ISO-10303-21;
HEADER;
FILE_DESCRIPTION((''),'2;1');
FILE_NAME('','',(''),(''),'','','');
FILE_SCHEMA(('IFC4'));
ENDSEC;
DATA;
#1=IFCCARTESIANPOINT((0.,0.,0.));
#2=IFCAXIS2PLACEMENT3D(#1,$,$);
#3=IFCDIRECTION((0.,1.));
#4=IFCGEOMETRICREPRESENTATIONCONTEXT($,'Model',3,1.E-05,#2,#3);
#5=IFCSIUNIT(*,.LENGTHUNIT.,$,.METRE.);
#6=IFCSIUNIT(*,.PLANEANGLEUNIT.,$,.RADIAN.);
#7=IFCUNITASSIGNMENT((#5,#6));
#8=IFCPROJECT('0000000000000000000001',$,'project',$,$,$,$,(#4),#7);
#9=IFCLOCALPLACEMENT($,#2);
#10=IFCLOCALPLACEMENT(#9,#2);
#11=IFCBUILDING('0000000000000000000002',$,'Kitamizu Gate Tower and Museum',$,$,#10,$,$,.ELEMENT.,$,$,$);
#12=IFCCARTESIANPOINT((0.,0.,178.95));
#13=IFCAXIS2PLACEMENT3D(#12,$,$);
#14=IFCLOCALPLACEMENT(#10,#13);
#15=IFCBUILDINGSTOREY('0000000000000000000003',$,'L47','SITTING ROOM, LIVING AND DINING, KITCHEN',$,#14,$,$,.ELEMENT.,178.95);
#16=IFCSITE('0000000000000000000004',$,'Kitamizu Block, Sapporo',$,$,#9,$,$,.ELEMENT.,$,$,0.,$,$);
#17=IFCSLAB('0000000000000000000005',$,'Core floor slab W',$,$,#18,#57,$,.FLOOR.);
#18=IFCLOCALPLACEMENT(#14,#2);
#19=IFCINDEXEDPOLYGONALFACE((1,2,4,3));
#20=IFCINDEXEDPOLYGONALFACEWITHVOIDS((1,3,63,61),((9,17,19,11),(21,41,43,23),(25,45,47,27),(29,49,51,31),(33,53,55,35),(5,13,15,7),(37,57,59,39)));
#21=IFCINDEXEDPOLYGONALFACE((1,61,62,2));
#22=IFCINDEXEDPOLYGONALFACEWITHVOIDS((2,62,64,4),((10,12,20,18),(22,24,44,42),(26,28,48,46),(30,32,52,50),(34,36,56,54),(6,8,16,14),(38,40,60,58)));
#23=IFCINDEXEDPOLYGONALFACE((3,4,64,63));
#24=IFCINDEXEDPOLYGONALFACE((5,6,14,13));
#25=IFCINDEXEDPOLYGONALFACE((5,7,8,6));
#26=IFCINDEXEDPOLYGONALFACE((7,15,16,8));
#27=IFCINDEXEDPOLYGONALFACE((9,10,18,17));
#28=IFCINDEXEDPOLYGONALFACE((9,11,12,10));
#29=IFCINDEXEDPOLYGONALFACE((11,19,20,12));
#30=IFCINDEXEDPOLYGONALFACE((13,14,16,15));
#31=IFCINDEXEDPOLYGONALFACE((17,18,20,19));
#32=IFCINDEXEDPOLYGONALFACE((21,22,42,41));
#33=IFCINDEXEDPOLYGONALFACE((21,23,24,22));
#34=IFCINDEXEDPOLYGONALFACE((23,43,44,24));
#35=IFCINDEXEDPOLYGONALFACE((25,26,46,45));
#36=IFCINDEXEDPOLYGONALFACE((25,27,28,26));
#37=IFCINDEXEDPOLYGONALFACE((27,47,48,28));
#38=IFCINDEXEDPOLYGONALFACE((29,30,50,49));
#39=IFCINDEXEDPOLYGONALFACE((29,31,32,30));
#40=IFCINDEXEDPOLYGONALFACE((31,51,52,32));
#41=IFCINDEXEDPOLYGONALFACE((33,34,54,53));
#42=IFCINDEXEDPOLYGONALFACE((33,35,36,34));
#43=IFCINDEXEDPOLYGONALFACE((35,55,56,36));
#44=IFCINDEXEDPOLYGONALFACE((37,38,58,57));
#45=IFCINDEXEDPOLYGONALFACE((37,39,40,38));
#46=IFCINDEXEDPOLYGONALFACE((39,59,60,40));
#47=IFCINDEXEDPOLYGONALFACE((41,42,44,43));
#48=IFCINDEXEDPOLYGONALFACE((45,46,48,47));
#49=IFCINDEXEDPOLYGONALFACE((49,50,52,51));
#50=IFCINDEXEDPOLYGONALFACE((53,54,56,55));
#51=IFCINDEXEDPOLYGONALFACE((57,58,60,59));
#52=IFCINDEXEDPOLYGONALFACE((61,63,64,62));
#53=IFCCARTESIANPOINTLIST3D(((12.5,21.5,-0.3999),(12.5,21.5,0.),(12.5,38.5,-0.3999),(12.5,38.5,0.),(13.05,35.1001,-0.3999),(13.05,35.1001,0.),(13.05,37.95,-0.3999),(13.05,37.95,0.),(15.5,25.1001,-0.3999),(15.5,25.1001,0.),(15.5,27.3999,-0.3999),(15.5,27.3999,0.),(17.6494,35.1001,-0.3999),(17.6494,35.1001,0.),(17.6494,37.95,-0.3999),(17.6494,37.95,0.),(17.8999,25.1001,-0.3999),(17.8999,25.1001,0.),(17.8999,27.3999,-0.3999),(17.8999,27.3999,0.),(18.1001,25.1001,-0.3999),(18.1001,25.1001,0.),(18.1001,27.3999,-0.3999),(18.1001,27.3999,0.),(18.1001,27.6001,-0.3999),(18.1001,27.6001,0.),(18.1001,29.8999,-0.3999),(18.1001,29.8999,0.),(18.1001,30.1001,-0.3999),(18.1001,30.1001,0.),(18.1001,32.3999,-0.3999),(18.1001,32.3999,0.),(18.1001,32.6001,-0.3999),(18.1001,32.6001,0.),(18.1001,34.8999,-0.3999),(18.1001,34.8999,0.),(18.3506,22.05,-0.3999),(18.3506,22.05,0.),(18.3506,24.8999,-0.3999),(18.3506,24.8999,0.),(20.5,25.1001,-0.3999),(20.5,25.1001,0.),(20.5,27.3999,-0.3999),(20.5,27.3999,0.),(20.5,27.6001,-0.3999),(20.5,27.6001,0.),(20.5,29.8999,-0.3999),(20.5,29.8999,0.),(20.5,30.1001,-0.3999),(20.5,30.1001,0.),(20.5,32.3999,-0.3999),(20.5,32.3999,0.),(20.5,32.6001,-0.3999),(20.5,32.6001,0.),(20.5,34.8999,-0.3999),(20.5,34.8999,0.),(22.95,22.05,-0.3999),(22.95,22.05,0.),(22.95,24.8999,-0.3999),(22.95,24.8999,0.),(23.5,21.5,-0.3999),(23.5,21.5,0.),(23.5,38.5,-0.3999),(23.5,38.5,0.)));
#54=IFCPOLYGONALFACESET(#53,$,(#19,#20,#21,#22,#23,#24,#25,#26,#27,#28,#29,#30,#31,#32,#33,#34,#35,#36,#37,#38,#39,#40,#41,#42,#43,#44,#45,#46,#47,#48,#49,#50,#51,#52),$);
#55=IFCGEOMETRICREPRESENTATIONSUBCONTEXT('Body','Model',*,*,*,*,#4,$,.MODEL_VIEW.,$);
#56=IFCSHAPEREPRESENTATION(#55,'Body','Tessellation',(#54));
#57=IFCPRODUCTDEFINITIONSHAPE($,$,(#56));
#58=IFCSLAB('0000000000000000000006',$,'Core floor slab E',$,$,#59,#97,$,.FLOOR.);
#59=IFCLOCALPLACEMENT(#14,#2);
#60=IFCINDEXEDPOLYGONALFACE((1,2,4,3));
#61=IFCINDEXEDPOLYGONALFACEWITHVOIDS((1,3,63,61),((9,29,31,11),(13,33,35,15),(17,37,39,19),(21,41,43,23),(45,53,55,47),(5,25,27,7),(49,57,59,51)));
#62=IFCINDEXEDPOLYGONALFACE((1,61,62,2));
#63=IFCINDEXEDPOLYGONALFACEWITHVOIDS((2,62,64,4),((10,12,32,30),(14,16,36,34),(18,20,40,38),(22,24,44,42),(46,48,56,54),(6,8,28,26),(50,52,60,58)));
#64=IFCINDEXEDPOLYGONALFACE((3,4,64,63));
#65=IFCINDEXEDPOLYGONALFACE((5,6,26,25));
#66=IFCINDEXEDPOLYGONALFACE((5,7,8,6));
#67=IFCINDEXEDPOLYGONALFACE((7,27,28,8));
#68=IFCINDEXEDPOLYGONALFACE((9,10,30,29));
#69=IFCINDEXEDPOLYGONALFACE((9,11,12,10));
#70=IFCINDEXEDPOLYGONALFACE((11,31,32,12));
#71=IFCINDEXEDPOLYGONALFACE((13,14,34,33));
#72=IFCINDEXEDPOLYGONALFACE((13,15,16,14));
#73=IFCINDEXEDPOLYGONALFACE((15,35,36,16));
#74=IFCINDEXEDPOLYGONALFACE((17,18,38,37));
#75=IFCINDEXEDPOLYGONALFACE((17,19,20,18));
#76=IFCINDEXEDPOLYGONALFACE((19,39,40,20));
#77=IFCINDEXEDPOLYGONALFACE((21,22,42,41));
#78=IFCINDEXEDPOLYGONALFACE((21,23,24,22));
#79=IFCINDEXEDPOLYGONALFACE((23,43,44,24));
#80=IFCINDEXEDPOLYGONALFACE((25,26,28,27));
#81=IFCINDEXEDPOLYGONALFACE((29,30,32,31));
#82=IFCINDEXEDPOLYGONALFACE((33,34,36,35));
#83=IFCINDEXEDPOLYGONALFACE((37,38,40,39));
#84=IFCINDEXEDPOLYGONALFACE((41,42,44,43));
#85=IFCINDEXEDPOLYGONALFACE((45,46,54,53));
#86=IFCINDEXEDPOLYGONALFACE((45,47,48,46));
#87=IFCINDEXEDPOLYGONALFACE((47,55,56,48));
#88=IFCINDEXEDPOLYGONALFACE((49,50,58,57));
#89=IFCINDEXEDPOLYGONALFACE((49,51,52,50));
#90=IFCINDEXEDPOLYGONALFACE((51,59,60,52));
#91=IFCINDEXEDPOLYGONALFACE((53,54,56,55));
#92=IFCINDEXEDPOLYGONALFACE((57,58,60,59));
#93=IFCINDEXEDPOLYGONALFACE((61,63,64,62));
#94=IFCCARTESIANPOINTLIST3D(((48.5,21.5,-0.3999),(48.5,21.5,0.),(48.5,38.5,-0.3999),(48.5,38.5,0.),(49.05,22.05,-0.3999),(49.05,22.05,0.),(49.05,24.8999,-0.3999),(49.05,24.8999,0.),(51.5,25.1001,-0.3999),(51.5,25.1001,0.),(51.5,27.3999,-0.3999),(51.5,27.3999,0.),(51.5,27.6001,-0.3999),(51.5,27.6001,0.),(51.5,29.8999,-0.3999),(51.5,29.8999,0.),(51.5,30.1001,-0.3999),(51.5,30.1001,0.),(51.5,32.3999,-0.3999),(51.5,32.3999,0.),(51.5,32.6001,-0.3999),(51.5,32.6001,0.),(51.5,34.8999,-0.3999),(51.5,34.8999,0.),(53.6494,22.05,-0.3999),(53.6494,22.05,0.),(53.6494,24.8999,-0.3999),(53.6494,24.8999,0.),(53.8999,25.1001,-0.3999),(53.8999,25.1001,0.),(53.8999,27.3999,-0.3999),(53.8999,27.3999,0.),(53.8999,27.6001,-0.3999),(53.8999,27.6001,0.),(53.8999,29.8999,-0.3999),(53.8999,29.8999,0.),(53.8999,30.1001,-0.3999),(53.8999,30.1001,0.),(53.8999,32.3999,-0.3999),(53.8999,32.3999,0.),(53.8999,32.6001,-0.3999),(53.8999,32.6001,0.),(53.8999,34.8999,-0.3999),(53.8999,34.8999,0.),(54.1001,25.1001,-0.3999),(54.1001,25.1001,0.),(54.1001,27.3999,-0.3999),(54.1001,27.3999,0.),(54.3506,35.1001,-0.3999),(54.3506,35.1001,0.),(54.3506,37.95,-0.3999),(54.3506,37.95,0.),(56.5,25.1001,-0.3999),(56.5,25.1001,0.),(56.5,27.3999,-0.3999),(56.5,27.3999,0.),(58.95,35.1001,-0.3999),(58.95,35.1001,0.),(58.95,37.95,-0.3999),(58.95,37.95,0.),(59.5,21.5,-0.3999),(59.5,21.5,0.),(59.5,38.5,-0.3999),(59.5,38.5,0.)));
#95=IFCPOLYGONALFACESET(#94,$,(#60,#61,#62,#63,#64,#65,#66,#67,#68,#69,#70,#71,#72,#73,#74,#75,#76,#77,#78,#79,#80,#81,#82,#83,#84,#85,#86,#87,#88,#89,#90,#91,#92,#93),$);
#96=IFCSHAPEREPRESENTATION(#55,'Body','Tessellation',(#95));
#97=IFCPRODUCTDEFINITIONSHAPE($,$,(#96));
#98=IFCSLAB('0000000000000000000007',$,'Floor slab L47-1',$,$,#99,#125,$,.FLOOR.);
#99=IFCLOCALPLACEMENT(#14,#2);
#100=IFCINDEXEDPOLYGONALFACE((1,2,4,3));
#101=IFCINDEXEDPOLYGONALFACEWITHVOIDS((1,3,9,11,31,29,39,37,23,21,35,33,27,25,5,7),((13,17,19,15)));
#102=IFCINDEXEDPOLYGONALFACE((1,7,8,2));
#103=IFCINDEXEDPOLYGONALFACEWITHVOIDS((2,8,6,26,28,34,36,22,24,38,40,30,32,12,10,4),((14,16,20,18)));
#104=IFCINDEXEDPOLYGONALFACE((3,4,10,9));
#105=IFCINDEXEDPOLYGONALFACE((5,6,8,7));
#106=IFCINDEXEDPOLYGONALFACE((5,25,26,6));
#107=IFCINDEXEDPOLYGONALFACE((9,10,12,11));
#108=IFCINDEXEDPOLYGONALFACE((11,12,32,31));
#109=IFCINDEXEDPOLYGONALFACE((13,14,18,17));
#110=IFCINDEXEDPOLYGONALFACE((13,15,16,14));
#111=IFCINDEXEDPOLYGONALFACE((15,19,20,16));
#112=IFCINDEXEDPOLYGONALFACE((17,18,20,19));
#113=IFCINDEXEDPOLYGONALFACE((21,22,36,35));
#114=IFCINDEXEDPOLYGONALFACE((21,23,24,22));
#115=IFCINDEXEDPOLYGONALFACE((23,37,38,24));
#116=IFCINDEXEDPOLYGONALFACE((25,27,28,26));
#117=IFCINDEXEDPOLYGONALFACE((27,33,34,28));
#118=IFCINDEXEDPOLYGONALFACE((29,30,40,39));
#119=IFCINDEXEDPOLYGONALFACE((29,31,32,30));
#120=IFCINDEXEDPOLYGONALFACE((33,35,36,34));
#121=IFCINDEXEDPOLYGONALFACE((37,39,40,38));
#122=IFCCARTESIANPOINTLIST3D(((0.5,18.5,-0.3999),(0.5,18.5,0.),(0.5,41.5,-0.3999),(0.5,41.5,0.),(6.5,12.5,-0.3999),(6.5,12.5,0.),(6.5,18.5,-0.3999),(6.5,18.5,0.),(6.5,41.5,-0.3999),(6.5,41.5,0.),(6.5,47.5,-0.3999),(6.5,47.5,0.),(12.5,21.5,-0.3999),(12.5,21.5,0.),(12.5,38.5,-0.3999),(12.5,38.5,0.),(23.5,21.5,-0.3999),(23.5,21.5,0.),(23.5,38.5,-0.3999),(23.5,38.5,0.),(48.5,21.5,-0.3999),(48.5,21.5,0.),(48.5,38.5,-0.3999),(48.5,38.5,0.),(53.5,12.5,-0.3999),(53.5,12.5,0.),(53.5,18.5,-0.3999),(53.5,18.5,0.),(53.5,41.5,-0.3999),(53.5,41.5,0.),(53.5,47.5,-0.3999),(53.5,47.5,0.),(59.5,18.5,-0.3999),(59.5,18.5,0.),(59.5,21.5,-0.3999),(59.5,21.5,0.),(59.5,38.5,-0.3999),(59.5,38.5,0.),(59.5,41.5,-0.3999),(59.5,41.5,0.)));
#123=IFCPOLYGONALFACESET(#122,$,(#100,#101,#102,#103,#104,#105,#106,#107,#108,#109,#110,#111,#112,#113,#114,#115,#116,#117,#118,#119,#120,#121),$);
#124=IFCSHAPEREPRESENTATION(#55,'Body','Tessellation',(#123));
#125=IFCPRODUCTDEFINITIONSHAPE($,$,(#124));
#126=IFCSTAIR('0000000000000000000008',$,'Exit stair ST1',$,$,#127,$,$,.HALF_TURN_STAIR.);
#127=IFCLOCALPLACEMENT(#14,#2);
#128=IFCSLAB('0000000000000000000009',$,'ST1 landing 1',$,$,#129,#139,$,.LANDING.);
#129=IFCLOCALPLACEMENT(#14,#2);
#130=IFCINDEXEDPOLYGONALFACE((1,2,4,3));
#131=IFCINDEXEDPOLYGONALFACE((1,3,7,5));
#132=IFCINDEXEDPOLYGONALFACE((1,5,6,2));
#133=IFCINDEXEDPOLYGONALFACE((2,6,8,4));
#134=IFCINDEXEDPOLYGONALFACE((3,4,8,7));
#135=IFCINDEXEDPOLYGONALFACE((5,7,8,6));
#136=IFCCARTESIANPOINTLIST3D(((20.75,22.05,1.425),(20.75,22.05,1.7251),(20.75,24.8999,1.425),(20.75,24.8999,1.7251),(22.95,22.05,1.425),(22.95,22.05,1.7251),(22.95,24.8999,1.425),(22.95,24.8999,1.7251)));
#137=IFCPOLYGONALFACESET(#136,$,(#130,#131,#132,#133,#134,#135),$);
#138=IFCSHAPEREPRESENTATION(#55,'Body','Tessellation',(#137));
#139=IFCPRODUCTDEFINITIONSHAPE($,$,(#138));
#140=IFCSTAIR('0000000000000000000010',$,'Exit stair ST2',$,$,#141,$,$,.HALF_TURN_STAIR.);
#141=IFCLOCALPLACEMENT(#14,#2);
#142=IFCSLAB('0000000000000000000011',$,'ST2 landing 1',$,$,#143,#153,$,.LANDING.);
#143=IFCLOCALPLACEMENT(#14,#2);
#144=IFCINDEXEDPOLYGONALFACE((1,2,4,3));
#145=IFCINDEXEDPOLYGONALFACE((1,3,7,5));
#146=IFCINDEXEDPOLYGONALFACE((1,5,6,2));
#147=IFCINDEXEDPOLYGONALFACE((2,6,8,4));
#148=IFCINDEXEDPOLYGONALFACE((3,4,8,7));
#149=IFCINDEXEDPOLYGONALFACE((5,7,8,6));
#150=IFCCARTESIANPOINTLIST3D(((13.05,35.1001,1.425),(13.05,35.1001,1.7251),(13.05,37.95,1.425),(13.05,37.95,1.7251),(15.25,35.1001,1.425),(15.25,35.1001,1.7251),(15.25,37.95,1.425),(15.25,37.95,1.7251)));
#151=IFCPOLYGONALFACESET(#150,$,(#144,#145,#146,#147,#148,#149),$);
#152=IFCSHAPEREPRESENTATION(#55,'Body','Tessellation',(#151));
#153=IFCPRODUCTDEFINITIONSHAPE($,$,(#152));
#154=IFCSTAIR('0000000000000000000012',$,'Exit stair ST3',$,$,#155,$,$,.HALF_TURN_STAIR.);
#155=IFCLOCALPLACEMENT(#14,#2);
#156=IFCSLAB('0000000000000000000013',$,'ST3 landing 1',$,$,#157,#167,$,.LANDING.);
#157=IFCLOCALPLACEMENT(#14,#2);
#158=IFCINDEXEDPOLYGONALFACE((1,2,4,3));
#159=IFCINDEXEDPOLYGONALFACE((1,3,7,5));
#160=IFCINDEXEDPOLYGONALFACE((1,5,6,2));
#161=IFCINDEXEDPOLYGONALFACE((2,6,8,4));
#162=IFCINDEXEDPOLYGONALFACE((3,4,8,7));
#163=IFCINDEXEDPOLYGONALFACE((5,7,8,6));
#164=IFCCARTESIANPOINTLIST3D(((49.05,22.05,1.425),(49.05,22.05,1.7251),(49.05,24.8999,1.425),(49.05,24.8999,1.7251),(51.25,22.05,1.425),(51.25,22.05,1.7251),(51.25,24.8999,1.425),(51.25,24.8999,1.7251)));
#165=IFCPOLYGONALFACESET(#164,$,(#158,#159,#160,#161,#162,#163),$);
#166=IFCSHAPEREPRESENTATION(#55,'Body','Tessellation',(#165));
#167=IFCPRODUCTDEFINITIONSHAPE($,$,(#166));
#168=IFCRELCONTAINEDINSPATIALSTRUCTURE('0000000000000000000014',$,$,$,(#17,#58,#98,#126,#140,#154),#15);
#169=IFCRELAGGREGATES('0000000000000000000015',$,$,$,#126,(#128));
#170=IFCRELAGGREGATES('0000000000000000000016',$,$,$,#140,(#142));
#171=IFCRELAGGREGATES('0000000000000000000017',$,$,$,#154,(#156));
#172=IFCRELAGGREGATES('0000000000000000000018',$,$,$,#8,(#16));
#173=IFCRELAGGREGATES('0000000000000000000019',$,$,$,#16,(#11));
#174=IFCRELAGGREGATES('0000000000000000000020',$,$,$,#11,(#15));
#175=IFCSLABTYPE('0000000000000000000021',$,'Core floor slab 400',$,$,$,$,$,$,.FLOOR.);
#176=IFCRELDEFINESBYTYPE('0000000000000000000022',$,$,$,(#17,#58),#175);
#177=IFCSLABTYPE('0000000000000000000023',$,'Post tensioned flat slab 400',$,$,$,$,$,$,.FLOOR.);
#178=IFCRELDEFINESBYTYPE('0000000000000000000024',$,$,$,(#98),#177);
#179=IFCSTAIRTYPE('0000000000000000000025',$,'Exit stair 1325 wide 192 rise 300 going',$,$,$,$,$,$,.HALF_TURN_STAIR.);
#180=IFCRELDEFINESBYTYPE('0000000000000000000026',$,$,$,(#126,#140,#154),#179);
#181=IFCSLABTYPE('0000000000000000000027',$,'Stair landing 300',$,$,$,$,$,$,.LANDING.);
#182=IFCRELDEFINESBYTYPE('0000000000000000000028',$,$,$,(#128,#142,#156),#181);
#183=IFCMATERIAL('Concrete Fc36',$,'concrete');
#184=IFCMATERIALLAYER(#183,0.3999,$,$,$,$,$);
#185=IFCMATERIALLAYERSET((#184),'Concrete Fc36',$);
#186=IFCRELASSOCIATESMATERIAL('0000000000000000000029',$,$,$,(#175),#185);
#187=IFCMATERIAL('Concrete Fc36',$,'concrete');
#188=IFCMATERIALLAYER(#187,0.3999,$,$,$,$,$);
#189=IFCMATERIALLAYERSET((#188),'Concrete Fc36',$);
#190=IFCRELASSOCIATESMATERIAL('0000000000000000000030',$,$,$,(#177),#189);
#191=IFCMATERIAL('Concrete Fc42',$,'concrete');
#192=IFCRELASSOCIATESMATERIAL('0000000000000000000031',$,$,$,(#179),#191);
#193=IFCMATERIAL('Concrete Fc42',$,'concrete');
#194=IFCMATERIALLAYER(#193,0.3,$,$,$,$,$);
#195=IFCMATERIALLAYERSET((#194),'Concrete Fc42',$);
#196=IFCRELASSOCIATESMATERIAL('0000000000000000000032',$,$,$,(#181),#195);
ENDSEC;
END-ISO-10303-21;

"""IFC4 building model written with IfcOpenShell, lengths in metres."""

from ifc_helpers import new_model, si_unit, direction, frame, origin, place, context, subcontext, project, spatial, polyline, outline, extrude, material, layer, layer_set, type_object, element, aggregate, save


model = new_model("IFC4")

# Units and contexts
model_context = context("Model", 3, precision=1e-05, world=origin(), true_north=direction((0.0, 1.0)))
body_context = subcontext(model_context, "Body", "Model", "MODEL_VIEW")
ifc_project = project(units=[si_unit("LENGTHUNIT", "METRE"), si_unit("PLANEANGLEUNIT", "RADIAN")], contexts=[model_context])

# Site, building, storey
site_placement = place(None, origin())
site = spatial("IfcSite", under=ifc_project, at=site_placement, Name="Kitamizu Block, Sapporo", CompositionType="ELEMENT", RefElevation=0.0)
building_placement = place(site_placement, origin())
building = spatial("IfcBuilding", under=site, at=building_placement, Name="Kitamizu Gate Tower and Museum", CompositionType="ELEMENT")
storey_placement = place(building_placement, frame((0.0, 0.0, 178.95)))
storey = spatial("IfcBuildingStorey", under=building, at=storey_placement, Name="L47", Description="SITTING ROOM, LIVING AND DINING, KITCHEN", CompositionType="ELEMENT", Elevation=178.95)

# Slabs
ifc_material_1 = material(Name="Concrete Fc36", Category="concrete")
ifc_layer_1 = layer(ifc_material_1, 0.3999)
ifc_layer_set_1 = layer_set([ifc_layer_1], Name="Concrete Fc36")
slab_type_1 = type_object("IfcSlabType", Name="Core floor slab 400", PredefinedType="FLOOR", material=ifc_layer_set_1)
slab_1_placement = place(storey_placement, frame((0.0, 0.0, -0.3999)))
element("IfcSlab", 1, at=slab_1_placement, inside=storey, type_object=slab_type_1, Name="Core floor slab W", PredefinedType="FLOOR", context=body_context, shape_type="SweptSolid", body=[
    extrude(outline(polyline([(12.5, 21.5), (23.5, 21.5), (23.5, 38.5), (12.5, 38.5), (12.5, 21.5)]), holes=[polyline([(15.5, 25.1001), (17.8999, 25.1001), (17.8999, 27.3999), (15.5, 27.3999), (15.5, 25.1001)]), polyline([(18.1001, 25.1001), (20.5, 25.1001), (20.5, 27.3999), (18.1001, 27.3999), (18.1001, 25.1001)]), polyline([(18.1001, 27.6001), (20.5, 27.6001), (20.5, 29.8999), (18.1001, 29.8999), (18.1001, 27.6001)]), polyline([(18.1001, 30.1001), (20.5, 30.1001), (20.5, 32.3999), (18.1001, 32.3999), (18.1001, 30.1001)]), polyline([(18.1001, 32.6001), (20.5, 32.6001), (20.5, 34.8999), (18.1001, 34.8999), (18.1001, 32.6001)]), polyline([(18.3506, 22.05), (22.95, 22.05), (22.95, 24.8999), (18.3506, 24.8999), (18.3506, 22.05)]), polyline([(13.05, 35.1001), (17.6494, 35.1001), (17.6494, 37.95), (13.05, 37.95), (13.05, 35.1001)])]), origin(), (0.0, 0.0, 1.0), 0.3999),
])
slab_2_placement = place(storey_placement, frame((0.0, 0.0, -0.3999)))
element("IfcSlab", 2, at=slab_2_placement, inside=storey, type_object=slab_type_1, Name="Core floor slab E", PredefinedType="FLOOR", context=body_context, shape_type="SweptSolid", body=[
    extrude(outline(polyline([(48.5, 21.5), (59.5, 21.5), (59.5, 38.5), (48.5, 38.5), (48.5, 21.5)]), holes=[polyline([(54.1001, 25.1001), (56.5, 25.1001), (56.5, 27.3999), (54.1001, 27.3999), (54.1001, 25.1001)]), polyline([(51.5, 25.1001), (53.8999, 25.1001), (53.8999, 27.3999), (51.5, 27.3999), (51.5, 25.1001)]), polyline([(51.5, 27.6001), (53.8999, 27.6001), (53.8999, 29.8999), (51.5, 29.8999), (51.5, 27.6001)]), polyline([(51.5, 30.1001), (53.8999, 30.1001), (53.8999, 32.3999), (51.5, 32.3999), (51.5, 30.1001)]), polyline([(51.5, 32.6001), (53.8999, 32.6001), (53.8999, 34.8999), (51.5, 34.8999), (51.5, 32.6001)]), polyline([(49.05, 22.05), (53.6494, 22.05), (53.6494, 24.8999), (49.05, 24.8999), (49.05, 22.05)]), polyline([(54.3506, 35.1001), (58.95, 35.1001), (58.95, 37.95), (54.3506, 37.95), (54.3506, 35.1001)])]), origin(), (0.0, 0.0, 1.0), 0.3999),
])
ifc_material_2 = material(Name="Concrete Fc36", Category="concrete")
ifc_layer_2 = layer(ifc_material_2, 0.3999)
ifc_layer_set_2 = layer_set([ifc_layer_2], Name="Concrete Fc36")
slab_type_2 = type_object("IfcSlabType", Name="Post tensioned flat slab 400", PredefinedType="FLOOR", material=ifc_layer_set_2)
slab_3_placement = place(storey_placement, frame((0.0, 0.0, -0.3999)))
element("IfcSlab", 3, at=slab_3_placement, inside=storey, type_object=slab_type_2, Name="Floor slab L47-1", PredefinedType="FLOOR", context=body_context, shape_type="SweptSolid", body=[
    extrude(outline(polyline([(0.5, 18.5), (0.5, 41.5), (6.5, 41.5), (6.5, 47.5), (53.5, 47.5), (53.5, 41.5), (59.5, 41.5), (59.5, 38.5), (48.5, 38.5), (48.5, 21.5), (59.5, 21.5), (59.5, 18.5), (53.5, 18.5), (53.5, 12.5), (6.5, 12.5), (6.5, 18.5), (0.5, 18.5)]), holes=[polyline([(12.5, 38.5), (12.5, 21.5), (23.5, 21.5), (23.5, 38.5), (12.5, 38.5)])]), origin(), (0.0, 0.0, 1.0), 0.3999),
])

# Stairs, slabs
ifc_material_3 = material(Name="Concrete Fc42", Category="concrete")
stair_type = type_object("IfcStairType", Name="Exit stair 1325 wide 192 rise 300 going", PredefinedType="HALF_TURN_STAIR", material=ifc_material_3)
stair_1_placement = place(storey_placement, origin())
stair_1 = element("IfcStair", 4, at=stair_1_placement, inside=storey, type_object=stair_type, Name="Exit stair ST1", PredefinedType="HALF_TURN_STAIR")
ifc_material_4 = material(Name="Concrete Fc42", Category="concrete")
ifc_layer_3 = layer(ifc_material_4, 0.3)
ifc_layer_set_3 = layer_set([ifc_layer_3], Name="Concrete Fc42")
slab_type_3 = type_object("IfcSlabType", Name="Stair landing 300", PredefinedType="LANDING", material=ifc_layer_set_3)
slab_4_placement = place(storey_placement, frame((0.0, 0.0, 1.425)))
slab_4 = element("IfcSlab", 5, at=slab_4_placement, type_object=slab_type_3, Name="ST1 landing 1", PredefinedType="LANDING", context=body_context, shape_type="SweptSolid", body=[
    extrude(outline(polyline([(20.75, 22.05), (22.95, 22.05), (22.95, 24.8999), (20.75, 24.8999), (20.75, 22.05)])), origin(), (0.0, 0.0, 1.0), 0.3),
])
aggregate(stair_1, [slab_4])
stair_2_placement = place(storey_placement, origin())
stair_2 = element("IfcStair", 6, at=stair_2_placement, inside=storey, type_object=stair_type, Name="Exit stair ST2", PredefinedType="HALF_TURN_STAIR")
slab_5_placement = place(storey_placement, frame((0.0, 0.0, 1.425)))
slab_5 = element("IfcSlab", 7, at=slab_5_placement, type_object=slab_type_3, Name="ST2 landing 1", PredefinedType="LANDING", context=body_context, shape_type="SweptSolid", body=[
    extrude(outline(polyline([(13.05, 35.1001), (15.25, 35.1001), (15.25, 37.95), (13.05, 37.95), (13.05, 35.1001)])), origin(), (0.0, 0.0, 1.0), 0.3),
])
aggregate(stair_2, [slab_5])
stair_3_placement = place(storey_placement, origin())
stair_3 = element("IfcStair", 8, at=stair_3_placement, inside=storey, type_object=stair_type, Name="Exit stair ST3", PredefinedType="HALF_TURN_STAIR")
slab_6_placement = place(storey_placement, frame((0.0, 0.0, 1.425)))
slab_6 = element("IfcSlab", 9, at=slab_6_placement, type_object=slab_type_3, Name="ST3 landing 1", PredefinedType="LANDING", context=body_context, shape_type="SweptSolid", body=[
    extrude(outline(polyline([(49.05, 22.05), (51.25, 22.05), (51.25, 24.8999), (49.05, 24.8999), (49.05, 22.05)])), origin(), (0.0, 0.0, 1.0), 0.3),
])
aggregate(stair_3, [slab_6])

save(model, "model.ifc")
